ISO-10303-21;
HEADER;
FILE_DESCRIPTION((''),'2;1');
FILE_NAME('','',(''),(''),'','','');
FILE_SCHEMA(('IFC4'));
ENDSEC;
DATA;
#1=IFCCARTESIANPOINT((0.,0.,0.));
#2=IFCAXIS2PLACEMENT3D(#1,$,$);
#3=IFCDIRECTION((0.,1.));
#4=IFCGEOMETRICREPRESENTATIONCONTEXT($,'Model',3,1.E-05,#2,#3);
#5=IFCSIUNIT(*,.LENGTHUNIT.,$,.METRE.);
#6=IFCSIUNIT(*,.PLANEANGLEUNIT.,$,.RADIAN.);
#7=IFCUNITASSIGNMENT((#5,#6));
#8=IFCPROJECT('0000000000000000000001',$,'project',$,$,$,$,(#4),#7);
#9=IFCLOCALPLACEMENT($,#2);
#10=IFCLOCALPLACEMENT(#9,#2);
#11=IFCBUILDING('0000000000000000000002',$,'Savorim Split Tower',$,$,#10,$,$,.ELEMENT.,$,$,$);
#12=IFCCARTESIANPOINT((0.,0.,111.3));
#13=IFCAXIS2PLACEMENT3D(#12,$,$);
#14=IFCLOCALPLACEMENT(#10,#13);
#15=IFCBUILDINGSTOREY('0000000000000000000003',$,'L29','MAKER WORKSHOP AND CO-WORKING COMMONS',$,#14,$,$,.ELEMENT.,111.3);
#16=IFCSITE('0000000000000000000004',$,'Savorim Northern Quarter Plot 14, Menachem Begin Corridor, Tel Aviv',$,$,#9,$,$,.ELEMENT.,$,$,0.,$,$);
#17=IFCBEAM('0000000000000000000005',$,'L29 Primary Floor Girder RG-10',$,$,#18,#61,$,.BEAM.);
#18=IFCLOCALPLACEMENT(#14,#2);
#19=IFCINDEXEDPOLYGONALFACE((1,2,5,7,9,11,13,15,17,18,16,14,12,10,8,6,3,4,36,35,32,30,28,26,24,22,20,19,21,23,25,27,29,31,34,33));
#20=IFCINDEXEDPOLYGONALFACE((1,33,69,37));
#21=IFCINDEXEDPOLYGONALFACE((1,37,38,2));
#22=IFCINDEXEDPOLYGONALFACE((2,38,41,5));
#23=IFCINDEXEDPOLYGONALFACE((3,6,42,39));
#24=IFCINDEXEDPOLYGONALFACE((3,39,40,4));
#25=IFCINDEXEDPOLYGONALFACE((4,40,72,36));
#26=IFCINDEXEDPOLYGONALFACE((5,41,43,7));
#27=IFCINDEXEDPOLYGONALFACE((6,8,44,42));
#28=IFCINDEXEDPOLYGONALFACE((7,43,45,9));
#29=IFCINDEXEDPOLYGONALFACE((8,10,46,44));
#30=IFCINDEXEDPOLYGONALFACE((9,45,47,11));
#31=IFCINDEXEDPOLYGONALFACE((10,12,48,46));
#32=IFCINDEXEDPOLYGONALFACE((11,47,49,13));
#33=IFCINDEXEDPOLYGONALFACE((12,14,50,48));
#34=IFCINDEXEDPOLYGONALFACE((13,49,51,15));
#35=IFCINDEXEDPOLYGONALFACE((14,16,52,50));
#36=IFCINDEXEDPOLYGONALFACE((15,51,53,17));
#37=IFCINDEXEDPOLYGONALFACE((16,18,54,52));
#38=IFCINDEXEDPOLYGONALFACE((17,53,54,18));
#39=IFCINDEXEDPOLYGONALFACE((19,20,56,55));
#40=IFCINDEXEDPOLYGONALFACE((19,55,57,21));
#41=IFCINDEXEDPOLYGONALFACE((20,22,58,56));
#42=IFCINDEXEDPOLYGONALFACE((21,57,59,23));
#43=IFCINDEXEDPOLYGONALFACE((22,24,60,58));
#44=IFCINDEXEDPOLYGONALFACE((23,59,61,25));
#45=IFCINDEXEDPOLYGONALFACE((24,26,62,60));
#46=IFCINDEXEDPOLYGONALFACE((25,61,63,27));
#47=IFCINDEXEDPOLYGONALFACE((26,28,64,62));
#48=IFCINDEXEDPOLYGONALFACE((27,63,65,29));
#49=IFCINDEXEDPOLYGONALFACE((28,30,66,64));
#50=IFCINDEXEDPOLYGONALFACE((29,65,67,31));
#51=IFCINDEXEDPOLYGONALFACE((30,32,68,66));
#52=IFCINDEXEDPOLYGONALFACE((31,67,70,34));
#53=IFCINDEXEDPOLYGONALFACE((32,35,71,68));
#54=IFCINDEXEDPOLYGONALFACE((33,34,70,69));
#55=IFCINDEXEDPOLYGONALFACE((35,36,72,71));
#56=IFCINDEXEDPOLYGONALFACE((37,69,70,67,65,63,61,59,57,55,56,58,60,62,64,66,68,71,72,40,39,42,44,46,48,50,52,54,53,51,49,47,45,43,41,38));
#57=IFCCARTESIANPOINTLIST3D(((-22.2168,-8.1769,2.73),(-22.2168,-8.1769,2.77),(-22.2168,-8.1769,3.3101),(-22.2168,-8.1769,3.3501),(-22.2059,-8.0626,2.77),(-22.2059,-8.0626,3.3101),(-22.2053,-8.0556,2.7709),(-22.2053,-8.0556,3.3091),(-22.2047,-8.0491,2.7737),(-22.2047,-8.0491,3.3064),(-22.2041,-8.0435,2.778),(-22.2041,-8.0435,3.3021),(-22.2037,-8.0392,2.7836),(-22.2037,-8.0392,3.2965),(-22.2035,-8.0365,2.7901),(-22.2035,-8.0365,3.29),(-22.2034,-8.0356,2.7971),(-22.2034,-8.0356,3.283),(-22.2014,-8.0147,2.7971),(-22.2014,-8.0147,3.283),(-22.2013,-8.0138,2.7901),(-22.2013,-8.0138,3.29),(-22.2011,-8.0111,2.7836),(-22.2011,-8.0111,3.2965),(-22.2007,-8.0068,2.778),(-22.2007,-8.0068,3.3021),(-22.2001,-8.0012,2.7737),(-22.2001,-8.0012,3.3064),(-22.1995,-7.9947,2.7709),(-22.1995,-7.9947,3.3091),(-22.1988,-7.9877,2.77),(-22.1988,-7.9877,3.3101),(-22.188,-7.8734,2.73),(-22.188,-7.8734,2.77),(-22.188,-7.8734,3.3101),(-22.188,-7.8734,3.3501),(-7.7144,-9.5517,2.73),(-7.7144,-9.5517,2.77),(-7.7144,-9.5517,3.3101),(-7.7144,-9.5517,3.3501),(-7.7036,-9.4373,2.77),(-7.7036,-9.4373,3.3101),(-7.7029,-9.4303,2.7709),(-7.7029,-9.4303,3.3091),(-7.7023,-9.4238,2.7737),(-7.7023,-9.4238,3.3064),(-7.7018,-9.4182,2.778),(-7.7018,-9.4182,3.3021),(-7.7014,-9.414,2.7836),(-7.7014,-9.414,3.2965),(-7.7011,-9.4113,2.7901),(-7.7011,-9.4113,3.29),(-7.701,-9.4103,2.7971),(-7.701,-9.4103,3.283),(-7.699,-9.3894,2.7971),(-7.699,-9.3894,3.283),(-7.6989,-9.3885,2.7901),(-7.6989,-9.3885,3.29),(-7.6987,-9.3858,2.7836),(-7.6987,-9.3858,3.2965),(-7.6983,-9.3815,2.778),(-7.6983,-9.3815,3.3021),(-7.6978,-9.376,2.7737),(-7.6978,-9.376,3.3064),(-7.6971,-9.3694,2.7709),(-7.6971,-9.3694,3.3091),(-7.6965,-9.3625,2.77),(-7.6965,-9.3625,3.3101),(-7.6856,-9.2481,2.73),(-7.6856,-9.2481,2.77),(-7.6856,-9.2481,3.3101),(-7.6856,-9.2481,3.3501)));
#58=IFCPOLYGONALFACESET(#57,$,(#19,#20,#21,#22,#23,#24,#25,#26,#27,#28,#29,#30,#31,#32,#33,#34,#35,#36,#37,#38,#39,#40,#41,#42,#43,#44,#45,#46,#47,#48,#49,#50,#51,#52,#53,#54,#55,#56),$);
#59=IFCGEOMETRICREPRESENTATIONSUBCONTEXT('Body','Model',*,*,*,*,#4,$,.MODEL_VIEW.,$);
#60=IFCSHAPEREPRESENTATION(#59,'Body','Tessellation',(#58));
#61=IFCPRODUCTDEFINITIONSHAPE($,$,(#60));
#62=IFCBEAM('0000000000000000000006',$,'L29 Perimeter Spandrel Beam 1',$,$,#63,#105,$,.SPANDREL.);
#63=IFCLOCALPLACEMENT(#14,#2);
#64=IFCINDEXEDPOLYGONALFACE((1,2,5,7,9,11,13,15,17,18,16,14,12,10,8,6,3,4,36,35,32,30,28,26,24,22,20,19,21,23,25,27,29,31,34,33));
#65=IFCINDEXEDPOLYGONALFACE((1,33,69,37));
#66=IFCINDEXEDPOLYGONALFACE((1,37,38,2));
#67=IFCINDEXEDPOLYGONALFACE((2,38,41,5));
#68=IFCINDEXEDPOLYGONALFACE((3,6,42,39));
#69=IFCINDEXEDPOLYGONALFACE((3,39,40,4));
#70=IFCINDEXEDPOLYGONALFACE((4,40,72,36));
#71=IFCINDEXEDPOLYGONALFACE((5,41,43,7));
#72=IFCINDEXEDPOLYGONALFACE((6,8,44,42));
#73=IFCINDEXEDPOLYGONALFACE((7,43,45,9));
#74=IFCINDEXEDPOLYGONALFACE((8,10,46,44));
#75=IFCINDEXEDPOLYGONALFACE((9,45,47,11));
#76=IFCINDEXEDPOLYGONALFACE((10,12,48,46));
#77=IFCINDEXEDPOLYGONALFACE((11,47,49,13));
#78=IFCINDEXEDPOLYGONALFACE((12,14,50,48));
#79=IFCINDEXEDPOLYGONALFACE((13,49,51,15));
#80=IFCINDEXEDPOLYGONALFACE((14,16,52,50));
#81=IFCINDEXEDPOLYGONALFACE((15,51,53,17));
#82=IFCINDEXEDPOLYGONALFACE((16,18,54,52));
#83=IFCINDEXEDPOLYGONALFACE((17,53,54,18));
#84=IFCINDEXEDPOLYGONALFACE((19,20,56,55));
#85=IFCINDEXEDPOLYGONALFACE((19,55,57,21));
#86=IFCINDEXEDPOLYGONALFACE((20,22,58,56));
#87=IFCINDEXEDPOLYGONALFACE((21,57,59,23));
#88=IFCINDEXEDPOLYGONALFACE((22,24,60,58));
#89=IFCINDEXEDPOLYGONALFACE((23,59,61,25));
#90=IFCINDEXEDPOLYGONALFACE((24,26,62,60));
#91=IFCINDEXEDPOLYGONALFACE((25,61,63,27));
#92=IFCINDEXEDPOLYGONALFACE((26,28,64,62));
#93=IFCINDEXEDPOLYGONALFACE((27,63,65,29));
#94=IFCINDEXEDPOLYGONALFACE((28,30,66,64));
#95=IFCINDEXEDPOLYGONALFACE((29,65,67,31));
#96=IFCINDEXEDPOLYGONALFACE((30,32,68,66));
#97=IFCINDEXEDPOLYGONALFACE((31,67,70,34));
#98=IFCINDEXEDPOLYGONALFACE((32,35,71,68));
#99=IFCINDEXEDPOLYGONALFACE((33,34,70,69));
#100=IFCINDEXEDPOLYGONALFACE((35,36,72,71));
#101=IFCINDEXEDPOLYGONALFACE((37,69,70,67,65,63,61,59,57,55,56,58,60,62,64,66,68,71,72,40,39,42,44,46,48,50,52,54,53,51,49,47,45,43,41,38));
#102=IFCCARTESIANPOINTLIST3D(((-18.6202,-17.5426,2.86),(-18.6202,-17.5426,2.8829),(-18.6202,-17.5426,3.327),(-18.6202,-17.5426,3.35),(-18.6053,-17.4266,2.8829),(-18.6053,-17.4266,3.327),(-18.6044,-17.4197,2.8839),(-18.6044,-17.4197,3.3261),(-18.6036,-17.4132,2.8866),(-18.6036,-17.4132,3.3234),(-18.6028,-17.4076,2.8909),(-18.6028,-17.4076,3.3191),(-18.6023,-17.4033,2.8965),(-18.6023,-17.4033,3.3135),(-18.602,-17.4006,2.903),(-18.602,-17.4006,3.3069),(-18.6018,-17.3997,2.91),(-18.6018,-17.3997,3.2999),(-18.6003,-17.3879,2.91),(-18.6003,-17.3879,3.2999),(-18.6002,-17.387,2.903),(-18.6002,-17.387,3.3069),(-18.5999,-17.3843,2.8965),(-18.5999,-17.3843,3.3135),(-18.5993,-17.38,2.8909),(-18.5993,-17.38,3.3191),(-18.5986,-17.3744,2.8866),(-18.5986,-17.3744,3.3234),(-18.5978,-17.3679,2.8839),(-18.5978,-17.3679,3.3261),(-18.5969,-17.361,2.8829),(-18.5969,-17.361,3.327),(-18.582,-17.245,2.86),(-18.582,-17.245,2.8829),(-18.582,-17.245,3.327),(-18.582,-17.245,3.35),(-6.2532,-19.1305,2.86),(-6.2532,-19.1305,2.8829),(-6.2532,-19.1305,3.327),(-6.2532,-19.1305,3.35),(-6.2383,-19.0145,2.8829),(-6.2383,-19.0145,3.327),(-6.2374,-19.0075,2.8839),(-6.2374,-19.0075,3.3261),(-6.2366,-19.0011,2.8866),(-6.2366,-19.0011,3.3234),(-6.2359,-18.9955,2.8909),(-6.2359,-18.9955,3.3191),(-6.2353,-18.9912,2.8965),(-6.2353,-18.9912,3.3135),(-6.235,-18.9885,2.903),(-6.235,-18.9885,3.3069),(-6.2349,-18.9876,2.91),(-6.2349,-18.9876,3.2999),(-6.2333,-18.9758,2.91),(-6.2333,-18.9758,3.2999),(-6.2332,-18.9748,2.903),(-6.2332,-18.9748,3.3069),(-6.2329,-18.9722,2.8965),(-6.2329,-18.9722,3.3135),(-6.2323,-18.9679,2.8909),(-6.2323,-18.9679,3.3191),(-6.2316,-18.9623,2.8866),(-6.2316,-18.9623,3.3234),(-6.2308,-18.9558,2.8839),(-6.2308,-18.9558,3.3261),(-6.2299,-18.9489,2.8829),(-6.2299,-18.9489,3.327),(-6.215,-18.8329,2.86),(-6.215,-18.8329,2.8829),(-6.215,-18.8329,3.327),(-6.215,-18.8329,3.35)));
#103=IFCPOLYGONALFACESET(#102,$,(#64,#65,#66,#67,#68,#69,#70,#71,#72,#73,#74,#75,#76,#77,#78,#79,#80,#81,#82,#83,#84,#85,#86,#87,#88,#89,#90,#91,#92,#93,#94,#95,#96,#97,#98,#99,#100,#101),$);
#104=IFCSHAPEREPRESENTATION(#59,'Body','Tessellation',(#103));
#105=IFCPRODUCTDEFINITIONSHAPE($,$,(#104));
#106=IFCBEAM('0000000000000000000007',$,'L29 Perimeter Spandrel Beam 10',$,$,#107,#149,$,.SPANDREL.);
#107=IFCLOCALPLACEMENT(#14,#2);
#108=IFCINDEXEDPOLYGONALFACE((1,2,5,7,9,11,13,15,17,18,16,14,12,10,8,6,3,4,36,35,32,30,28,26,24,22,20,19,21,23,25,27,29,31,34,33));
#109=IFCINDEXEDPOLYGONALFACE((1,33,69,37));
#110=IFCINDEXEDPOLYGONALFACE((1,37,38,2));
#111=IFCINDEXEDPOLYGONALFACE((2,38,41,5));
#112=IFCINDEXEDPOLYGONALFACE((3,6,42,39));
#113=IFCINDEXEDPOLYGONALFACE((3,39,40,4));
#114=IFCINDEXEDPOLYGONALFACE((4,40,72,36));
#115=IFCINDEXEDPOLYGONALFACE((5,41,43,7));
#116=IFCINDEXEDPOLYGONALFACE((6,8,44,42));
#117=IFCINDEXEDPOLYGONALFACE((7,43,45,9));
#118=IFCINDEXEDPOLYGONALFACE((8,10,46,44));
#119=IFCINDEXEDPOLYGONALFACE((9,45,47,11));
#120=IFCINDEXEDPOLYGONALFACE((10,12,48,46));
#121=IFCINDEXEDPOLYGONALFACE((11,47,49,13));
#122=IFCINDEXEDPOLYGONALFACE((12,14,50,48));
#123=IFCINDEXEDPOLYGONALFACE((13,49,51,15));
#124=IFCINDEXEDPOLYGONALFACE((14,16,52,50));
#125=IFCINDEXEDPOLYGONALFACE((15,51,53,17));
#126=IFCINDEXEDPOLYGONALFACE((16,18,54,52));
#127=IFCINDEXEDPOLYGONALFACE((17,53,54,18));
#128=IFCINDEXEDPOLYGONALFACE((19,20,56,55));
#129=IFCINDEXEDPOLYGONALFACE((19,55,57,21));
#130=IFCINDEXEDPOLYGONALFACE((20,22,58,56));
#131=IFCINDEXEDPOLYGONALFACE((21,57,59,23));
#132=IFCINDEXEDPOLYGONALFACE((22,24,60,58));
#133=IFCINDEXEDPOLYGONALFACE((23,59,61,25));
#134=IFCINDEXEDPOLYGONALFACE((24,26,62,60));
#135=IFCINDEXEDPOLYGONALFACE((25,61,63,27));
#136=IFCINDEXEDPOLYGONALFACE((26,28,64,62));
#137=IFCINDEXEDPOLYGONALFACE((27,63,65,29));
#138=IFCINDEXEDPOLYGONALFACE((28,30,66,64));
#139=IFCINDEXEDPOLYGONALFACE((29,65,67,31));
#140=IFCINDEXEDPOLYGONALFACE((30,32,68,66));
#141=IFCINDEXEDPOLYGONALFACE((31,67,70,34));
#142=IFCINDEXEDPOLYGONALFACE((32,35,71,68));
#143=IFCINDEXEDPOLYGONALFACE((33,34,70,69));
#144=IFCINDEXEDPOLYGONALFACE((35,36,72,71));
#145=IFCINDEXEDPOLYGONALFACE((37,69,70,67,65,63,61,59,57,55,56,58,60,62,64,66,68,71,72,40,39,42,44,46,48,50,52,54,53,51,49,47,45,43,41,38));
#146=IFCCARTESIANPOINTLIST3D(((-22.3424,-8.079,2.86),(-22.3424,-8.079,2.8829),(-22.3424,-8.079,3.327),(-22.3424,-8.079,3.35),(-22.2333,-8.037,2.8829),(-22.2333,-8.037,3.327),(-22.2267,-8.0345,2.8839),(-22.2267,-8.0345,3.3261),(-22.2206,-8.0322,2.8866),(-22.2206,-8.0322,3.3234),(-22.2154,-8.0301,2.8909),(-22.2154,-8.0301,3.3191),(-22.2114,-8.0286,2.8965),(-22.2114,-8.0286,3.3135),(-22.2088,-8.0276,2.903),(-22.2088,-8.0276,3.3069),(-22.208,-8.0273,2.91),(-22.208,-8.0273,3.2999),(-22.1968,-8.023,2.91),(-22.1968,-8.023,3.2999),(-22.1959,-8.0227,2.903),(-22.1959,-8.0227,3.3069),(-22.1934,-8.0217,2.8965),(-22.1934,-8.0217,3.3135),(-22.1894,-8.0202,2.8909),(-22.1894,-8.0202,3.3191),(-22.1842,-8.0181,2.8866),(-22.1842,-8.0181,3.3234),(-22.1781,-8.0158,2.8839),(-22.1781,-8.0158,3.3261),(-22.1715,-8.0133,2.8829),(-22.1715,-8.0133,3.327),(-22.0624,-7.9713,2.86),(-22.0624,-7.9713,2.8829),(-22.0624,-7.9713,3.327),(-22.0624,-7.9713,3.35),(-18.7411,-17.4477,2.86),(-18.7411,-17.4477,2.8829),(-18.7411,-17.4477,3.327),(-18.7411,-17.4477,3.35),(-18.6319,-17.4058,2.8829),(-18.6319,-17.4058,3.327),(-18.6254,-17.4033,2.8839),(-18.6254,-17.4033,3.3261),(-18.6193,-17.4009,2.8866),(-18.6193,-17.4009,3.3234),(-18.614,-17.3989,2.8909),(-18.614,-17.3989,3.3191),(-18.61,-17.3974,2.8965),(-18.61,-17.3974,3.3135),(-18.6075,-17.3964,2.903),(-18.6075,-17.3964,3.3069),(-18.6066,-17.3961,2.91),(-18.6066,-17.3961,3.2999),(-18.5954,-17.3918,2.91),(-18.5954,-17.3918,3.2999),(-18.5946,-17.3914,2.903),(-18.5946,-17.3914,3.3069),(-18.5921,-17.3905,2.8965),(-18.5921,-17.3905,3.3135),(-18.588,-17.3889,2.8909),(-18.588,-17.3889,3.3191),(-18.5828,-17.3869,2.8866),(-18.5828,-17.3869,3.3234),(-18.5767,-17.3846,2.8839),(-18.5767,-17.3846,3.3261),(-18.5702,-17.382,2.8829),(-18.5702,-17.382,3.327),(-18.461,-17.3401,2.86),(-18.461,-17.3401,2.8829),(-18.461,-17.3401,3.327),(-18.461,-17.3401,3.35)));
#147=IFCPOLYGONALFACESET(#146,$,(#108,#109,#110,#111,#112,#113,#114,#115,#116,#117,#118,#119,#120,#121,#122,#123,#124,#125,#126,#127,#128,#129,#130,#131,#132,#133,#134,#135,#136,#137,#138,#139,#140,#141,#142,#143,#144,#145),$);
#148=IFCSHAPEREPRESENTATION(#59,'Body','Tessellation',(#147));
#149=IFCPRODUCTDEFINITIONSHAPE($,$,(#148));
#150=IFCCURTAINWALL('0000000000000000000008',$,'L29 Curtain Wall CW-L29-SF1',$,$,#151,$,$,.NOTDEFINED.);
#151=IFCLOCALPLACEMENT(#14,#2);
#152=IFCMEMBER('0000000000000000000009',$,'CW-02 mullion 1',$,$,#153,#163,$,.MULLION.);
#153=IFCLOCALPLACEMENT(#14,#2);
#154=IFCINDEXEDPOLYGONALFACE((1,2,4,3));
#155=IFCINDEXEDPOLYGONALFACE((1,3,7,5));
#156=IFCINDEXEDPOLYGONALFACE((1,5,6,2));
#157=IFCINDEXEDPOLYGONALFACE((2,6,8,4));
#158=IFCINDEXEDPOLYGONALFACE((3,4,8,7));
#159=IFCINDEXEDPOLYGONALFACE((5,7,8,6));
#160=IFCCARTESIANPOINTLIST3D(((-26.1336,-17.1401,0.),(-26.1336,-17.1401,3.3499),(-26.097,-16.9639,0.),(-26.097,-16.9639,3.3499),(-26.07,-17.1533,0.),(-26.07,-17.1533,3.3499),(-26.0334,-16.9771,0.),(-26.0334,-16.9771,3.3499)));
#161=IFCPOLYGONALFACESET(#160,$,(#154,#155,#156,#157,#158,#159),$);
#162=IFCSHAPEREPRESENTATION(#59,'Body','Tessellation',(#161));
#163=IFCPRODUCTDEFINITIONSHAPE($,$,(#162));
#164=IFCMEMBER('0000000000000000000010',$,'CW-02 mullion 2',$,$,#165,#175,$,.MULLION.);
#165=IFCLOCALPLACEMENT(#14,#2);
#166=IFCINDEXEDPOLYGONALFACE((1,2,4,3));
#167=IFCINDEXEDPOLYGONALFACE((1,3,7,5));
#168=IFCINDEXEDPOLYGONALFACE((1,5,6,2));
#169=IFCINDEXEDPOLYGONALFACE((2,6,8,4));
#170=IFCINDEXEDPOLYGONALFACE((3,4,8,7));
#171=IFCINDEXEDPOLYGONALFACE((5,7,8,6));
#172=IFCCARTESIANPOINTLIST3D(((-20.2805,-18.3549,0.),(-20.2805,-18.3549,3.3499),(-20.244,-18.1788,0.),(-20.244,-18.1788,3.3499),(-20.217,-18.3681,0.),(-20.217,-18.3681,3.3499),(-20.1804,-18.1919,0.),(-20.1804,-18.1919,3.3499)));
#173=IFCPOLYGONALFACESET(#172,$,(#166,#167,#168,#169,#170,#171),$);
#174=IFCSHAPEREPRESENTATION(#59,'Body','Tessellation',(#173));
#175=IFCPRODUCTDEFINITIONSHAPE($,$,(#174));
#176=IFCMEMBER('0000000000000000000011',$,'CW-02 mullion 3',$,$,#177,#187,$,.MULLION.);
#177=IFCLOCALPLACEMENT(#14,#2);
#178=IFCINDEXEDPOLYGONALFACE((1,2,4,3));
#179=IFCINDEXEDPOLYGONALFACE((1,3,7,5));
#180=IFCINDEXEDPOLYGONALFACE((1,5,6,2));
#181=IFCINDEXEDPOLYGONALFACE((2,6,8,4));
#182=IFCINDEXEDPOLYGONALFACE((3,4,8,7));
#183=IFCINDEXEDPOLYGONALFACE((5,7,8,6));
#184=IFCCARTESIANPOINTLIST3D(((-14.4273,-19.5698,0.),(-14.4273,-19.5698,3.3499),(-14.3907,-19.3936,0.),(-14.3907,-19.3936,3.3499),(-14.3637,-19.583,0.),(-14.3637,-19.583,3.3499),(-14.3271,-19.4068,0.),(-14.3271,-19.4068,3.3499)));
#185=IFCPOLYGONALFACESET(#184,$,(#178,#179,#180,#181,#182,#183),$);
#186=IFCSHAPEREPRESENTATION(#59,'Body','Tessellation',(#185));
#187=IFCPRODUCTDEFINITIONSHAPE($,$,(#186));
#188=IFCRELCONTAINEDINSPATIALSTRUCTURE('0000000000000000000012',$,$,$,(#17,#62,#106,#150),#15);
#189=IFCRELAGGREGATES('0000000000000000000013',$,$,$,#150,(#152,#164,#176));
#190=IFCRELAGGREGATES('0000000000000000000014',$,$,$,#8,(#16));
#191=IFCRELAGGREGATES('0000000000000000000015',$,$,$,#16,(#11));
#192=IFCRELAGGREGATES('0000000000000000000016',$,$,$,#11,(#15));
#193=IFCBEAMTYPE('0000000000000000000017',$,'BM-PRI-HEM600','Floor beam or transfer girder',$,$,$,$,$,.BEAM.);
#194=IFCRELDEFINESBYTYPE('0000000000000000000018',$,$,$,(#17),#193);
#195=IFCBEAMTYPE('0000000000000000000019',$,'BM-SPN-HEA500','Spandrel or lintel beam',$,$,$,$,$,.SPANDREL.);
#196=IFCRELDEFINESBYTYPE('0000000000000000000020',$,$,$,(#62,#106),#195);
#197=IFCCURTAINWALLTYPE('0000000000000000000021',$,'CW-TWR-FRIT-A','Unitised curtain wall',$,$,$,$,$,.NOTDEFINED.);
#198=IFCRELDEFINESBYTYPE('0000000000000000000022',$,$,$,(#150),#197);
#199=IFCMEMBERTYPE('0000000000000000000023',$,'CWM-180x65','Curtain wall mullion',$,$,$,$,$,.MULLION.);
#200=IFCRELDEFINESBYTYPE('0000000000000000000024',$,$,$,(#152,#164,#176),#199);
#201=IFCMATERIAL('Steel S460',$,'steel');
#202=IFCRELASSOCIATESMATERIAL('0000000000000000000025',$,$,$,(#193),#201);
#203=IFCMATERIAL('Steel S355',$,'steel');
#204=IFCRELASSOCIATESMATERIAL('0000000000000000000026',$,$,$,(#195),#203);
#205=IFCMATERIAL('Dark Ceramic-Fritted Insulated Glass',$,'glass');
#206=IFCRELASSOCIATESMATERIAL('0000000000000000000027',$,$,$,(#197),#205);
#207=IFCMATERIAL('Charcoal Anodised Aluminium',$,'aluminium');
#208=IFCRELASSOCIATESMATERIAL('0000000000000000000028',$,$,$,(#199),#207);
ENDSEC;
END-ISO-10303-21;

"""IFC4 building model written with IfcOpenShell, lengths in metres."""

from ifc_helpers import new_model, si_unit, direction, frame, origin, origin_2d, place, context, subcontext, project, spatial, rectangle, i_section, extrude, material, material_profile, profile_set, type_object, element, aggregate, save


model = new_model("IFC4")

# Units and contexts
model_context = context("Model", 3, precision=1e-05, world=origin(), true_north=direction((0.0, 1.0)))
body_context = subcontext(model_context, "Body", "Model", "MODEL_VIEW")
ifc_project = project(units=[si_unit("LENGTHUNIT", "METRE"), si_unit("PLANEANGLEUNIT", "RADIAN")], contexts=[model_context])

# Site, building, storey
site_placement = place(None, origin())
site = spatial("IfcSite", under=ifc_project, at=site_placement, Name="Savorim Northern Quarter Plot 14, Menachem Begin Corridor, Tel Aviv", CompositionType="ELEMENT", RefElevation=0.0)
building_placement = place(site_placement, origin())
building = spatial("IfcBuilding", under=site, at=building_placement, Name="Savorim Split Tower", CompositionType="ELEMENT")
storey_placement = place(building_placement, frame((0.0, 0.0, 111.3)))
storey = spatial("IfcBuildingStorey", under=building, at=storey_placement, Name="L29", Description="MAKER WORKSHOP AND CO-WORKING COMMONS", CompositionType="ELEMENT", Elevation=111.3)

# Shared definitions
ifc_material_1 = material(Name="Steel S460", Category="steel")

# Beams
ifc_material_2 = material(Name="Steel S355", Category="steel")
ifc_material_profile_1 = material_profile(ifc_material_1, i_section(OverallWidth=0.3049, OverallDepth=0.6201, WebThickness=0.021, FlangeThickness=0.04, FilletRadius=0.0271, at=origin_2d()), Name="HE 600 M")
ifc_profile_set_1 = profile_set([ifc_material_profile_1], Name="Steel S460")
beam_type_1 = type_object("IfcBeamType", Name="BM-PRI-HEM600", Description="Floor beam or transfer girder", PredefinedType="BEAM", material=ifc_profile_set_1)
beam_1_placement = place(storey_placement, frame((-22.2024, -8.0251, 3.04), z_axis=(0.995537, -0.094372, 0.0), x_axis=(0.094372, 0.995537, 0.0)))
element("IfcBeam", 1, at=beam_1_placement, inside=storey, type_object=beam_type_1, Name="L29 Primary Floor Girder RG-10", PredefinedType="BEAM", context=body_context, shape_type="SweptSolid", body=[
    extrude(i_section(OverallWidth=0.3049, OverallDepth=0.6201, WebThickness=0.021, FlangeThickness=0.04, FilletRadius=0.0271, at=origin_2d()), origin(), (0.0, 0.0, 1.0), 14.5674),
])
ifc_material_profile_2 = material_profile(ifc_material_2, i_section(OverallWidth=0.3, OverallDepth=0.49, WebThickness=0.012, FlangeThickness=0.0229, FilletRadius=0.0271, at=origin_2d()), Name="HEA 500")
ifc_profile_set_2 = profile_set([ifc_material_profile_2], Name="Steel S355")
beam_type_2 = type_object("IfcBeamType", Name="BM-SPN-HEA500", Description="Spandrel or lintel beam", PredefinedType="SPANDREL", material=ifc_profile_set_2)
beam_2_placement = place(storey_placement, frame((-18.6011, -17.3938, 3.105), z_axis=(0.991858, -0.127353, 0.0), x_axis=(0.127353, 0.991858, 0.0)))
element("IfcBeam", 2, at=beam_2_placement, inside=storey, type_object=beam_type_2, Name="L29 Perimeter Spandrel Beam 1", PredefinedType="SPANDREL", context=body_context, shape_type="SweptSolid", body=[
    extrude(i_section(OverallWidth=0.3, OverallDepth=0.49, WebThickness=0.012, FlangeThickness=0.0229, FilletRadius=0.0271, at=origin_2d()), origin(), (0.0, 0.0, 1.0), 12.4685),
])
beam_3_placement = place(storey_placement, frame((-22.2024, -8.0251, 3.105), z_axis=(0.358805, -0.933413, 0.0), x_axis=(0.933413, 0.358805, 0.0)))
element("IfcBeam", 3, at=beam_3_placement, inside=storey, type_object=beam_type_2, Name="L29 Perimeter Spandrel Beam 10", PredefinedType="SPANDREL", context=body_context, shape_type="SweptSolid", body=[
    extrude(i_section(OverallWidth=0.3, OverallDepth=0.49, WebThickness=0.012, FlangeThickness=0.0229, FilletRadius=0.0271, at=origin_2d()), origin(), (0.0, 0.0, 1.0), 10.0371),
])

# Curtain wall, members
ifc_material_3 = material(Name="Dark Ceramic-Fritted Insulated Glass", Category="glass")
curtain_wall_type = type_object("IfcCurtainWallType", Name="CW-TWR-FRIT-A", Description="Unitised curtain wall", PredefinedType="NOTDEFINED", material=ifc_material_3)
curtain_wall_1_placement = place(storey_placement, origin())
curtain_wall_1 = element("IfcCurtainWall", 4, at=curtain_wall_1_placement, inside=storey, type_object=curtain_wall_type, Name="L29 Curtain Wall CW-L29-SF1", PredefinedType="NOTDEFINED")
ifc_material_4 = material(Name="Charcoal Anodised Aluminium", Category="aluminium")
ifc_material_profile_3 = material_profile(ifc_material_4, rectangle(XDim=0.1799, YDim=0.0649, at=origin_2d()), Name="ALU-M 180x65")
ifc_profile_set_3 = profile_set([ifc_material_profile_3], Name="Charcoal Anodised Aluminium")
member_type_1 = type_object("IfcMemberType", Name="CWM-180x65", Description="Curtain wall mullion", PredefinedType="MULLION", material=ifc_profile_set_3)
member_1_placement = place(storey_placement, frame((-26.0835, -17.0586, 0.0), z_axis=(0.0, 0.0, 1.0), x_axis=(0.203214, 0.979134, 0.0)))
member_1 = element("IfcMember", 5, at=member_1_placement, type_object=member_type_1, Name="CW-02 mullion 1", PredefinedType="MULLION", context=body_context, shape_type="SweptSolid", body=[
    extrude(rectangle(XDim=0.1799, YDim=0.0649, at=origin_2d()), origin(), (0.0, 0.0, 1.0), 3.3499),
])
member_2_placement = place(storey_placement, frame((-20.2305, -18.2734, 0.0), z_axis=(0.0, 0.0, 1.0), x_axis=(0.203214, 0.979134, 0.0)))
member_2 = element("IfcMember", 6, at=member_2_placement, type_object=member_type_1, Name="CW-02 mullion 2", PredefinedType="MULLION", context=body_context, shape_type="SweptSolid", body=[
    extrude(rectangle(XDim=0.1799, YDim=0.0649, at=origin_2d()), origin(), (0.0, 0.0, 1.0), 3.3499),
])
member_3_placement = place(storey_placement, frame((-14.3772, -19.4883, 0.0), z_axis=(0.0, 0.0, 1.0), x_axis=(0.203214, 0.979134, 0.0)))
member_3 = element("IfcMember", 7, at=member_3_placement, type_object=member_type_1, Name="CW-02 mullion 3", PredefinedType="MULLION", context=body_context, shape_type="SweptSolid", body=[
    extrude(rectangle(XDim=0.1799, YDim=0.0649, at=origin_2d()), origin(), (0.0, 0.0, 1.0), 3.3499),
])

aggregate(curtain_wall_1, [member_1, member_2, member_3])

save(model, "model.ifc")
